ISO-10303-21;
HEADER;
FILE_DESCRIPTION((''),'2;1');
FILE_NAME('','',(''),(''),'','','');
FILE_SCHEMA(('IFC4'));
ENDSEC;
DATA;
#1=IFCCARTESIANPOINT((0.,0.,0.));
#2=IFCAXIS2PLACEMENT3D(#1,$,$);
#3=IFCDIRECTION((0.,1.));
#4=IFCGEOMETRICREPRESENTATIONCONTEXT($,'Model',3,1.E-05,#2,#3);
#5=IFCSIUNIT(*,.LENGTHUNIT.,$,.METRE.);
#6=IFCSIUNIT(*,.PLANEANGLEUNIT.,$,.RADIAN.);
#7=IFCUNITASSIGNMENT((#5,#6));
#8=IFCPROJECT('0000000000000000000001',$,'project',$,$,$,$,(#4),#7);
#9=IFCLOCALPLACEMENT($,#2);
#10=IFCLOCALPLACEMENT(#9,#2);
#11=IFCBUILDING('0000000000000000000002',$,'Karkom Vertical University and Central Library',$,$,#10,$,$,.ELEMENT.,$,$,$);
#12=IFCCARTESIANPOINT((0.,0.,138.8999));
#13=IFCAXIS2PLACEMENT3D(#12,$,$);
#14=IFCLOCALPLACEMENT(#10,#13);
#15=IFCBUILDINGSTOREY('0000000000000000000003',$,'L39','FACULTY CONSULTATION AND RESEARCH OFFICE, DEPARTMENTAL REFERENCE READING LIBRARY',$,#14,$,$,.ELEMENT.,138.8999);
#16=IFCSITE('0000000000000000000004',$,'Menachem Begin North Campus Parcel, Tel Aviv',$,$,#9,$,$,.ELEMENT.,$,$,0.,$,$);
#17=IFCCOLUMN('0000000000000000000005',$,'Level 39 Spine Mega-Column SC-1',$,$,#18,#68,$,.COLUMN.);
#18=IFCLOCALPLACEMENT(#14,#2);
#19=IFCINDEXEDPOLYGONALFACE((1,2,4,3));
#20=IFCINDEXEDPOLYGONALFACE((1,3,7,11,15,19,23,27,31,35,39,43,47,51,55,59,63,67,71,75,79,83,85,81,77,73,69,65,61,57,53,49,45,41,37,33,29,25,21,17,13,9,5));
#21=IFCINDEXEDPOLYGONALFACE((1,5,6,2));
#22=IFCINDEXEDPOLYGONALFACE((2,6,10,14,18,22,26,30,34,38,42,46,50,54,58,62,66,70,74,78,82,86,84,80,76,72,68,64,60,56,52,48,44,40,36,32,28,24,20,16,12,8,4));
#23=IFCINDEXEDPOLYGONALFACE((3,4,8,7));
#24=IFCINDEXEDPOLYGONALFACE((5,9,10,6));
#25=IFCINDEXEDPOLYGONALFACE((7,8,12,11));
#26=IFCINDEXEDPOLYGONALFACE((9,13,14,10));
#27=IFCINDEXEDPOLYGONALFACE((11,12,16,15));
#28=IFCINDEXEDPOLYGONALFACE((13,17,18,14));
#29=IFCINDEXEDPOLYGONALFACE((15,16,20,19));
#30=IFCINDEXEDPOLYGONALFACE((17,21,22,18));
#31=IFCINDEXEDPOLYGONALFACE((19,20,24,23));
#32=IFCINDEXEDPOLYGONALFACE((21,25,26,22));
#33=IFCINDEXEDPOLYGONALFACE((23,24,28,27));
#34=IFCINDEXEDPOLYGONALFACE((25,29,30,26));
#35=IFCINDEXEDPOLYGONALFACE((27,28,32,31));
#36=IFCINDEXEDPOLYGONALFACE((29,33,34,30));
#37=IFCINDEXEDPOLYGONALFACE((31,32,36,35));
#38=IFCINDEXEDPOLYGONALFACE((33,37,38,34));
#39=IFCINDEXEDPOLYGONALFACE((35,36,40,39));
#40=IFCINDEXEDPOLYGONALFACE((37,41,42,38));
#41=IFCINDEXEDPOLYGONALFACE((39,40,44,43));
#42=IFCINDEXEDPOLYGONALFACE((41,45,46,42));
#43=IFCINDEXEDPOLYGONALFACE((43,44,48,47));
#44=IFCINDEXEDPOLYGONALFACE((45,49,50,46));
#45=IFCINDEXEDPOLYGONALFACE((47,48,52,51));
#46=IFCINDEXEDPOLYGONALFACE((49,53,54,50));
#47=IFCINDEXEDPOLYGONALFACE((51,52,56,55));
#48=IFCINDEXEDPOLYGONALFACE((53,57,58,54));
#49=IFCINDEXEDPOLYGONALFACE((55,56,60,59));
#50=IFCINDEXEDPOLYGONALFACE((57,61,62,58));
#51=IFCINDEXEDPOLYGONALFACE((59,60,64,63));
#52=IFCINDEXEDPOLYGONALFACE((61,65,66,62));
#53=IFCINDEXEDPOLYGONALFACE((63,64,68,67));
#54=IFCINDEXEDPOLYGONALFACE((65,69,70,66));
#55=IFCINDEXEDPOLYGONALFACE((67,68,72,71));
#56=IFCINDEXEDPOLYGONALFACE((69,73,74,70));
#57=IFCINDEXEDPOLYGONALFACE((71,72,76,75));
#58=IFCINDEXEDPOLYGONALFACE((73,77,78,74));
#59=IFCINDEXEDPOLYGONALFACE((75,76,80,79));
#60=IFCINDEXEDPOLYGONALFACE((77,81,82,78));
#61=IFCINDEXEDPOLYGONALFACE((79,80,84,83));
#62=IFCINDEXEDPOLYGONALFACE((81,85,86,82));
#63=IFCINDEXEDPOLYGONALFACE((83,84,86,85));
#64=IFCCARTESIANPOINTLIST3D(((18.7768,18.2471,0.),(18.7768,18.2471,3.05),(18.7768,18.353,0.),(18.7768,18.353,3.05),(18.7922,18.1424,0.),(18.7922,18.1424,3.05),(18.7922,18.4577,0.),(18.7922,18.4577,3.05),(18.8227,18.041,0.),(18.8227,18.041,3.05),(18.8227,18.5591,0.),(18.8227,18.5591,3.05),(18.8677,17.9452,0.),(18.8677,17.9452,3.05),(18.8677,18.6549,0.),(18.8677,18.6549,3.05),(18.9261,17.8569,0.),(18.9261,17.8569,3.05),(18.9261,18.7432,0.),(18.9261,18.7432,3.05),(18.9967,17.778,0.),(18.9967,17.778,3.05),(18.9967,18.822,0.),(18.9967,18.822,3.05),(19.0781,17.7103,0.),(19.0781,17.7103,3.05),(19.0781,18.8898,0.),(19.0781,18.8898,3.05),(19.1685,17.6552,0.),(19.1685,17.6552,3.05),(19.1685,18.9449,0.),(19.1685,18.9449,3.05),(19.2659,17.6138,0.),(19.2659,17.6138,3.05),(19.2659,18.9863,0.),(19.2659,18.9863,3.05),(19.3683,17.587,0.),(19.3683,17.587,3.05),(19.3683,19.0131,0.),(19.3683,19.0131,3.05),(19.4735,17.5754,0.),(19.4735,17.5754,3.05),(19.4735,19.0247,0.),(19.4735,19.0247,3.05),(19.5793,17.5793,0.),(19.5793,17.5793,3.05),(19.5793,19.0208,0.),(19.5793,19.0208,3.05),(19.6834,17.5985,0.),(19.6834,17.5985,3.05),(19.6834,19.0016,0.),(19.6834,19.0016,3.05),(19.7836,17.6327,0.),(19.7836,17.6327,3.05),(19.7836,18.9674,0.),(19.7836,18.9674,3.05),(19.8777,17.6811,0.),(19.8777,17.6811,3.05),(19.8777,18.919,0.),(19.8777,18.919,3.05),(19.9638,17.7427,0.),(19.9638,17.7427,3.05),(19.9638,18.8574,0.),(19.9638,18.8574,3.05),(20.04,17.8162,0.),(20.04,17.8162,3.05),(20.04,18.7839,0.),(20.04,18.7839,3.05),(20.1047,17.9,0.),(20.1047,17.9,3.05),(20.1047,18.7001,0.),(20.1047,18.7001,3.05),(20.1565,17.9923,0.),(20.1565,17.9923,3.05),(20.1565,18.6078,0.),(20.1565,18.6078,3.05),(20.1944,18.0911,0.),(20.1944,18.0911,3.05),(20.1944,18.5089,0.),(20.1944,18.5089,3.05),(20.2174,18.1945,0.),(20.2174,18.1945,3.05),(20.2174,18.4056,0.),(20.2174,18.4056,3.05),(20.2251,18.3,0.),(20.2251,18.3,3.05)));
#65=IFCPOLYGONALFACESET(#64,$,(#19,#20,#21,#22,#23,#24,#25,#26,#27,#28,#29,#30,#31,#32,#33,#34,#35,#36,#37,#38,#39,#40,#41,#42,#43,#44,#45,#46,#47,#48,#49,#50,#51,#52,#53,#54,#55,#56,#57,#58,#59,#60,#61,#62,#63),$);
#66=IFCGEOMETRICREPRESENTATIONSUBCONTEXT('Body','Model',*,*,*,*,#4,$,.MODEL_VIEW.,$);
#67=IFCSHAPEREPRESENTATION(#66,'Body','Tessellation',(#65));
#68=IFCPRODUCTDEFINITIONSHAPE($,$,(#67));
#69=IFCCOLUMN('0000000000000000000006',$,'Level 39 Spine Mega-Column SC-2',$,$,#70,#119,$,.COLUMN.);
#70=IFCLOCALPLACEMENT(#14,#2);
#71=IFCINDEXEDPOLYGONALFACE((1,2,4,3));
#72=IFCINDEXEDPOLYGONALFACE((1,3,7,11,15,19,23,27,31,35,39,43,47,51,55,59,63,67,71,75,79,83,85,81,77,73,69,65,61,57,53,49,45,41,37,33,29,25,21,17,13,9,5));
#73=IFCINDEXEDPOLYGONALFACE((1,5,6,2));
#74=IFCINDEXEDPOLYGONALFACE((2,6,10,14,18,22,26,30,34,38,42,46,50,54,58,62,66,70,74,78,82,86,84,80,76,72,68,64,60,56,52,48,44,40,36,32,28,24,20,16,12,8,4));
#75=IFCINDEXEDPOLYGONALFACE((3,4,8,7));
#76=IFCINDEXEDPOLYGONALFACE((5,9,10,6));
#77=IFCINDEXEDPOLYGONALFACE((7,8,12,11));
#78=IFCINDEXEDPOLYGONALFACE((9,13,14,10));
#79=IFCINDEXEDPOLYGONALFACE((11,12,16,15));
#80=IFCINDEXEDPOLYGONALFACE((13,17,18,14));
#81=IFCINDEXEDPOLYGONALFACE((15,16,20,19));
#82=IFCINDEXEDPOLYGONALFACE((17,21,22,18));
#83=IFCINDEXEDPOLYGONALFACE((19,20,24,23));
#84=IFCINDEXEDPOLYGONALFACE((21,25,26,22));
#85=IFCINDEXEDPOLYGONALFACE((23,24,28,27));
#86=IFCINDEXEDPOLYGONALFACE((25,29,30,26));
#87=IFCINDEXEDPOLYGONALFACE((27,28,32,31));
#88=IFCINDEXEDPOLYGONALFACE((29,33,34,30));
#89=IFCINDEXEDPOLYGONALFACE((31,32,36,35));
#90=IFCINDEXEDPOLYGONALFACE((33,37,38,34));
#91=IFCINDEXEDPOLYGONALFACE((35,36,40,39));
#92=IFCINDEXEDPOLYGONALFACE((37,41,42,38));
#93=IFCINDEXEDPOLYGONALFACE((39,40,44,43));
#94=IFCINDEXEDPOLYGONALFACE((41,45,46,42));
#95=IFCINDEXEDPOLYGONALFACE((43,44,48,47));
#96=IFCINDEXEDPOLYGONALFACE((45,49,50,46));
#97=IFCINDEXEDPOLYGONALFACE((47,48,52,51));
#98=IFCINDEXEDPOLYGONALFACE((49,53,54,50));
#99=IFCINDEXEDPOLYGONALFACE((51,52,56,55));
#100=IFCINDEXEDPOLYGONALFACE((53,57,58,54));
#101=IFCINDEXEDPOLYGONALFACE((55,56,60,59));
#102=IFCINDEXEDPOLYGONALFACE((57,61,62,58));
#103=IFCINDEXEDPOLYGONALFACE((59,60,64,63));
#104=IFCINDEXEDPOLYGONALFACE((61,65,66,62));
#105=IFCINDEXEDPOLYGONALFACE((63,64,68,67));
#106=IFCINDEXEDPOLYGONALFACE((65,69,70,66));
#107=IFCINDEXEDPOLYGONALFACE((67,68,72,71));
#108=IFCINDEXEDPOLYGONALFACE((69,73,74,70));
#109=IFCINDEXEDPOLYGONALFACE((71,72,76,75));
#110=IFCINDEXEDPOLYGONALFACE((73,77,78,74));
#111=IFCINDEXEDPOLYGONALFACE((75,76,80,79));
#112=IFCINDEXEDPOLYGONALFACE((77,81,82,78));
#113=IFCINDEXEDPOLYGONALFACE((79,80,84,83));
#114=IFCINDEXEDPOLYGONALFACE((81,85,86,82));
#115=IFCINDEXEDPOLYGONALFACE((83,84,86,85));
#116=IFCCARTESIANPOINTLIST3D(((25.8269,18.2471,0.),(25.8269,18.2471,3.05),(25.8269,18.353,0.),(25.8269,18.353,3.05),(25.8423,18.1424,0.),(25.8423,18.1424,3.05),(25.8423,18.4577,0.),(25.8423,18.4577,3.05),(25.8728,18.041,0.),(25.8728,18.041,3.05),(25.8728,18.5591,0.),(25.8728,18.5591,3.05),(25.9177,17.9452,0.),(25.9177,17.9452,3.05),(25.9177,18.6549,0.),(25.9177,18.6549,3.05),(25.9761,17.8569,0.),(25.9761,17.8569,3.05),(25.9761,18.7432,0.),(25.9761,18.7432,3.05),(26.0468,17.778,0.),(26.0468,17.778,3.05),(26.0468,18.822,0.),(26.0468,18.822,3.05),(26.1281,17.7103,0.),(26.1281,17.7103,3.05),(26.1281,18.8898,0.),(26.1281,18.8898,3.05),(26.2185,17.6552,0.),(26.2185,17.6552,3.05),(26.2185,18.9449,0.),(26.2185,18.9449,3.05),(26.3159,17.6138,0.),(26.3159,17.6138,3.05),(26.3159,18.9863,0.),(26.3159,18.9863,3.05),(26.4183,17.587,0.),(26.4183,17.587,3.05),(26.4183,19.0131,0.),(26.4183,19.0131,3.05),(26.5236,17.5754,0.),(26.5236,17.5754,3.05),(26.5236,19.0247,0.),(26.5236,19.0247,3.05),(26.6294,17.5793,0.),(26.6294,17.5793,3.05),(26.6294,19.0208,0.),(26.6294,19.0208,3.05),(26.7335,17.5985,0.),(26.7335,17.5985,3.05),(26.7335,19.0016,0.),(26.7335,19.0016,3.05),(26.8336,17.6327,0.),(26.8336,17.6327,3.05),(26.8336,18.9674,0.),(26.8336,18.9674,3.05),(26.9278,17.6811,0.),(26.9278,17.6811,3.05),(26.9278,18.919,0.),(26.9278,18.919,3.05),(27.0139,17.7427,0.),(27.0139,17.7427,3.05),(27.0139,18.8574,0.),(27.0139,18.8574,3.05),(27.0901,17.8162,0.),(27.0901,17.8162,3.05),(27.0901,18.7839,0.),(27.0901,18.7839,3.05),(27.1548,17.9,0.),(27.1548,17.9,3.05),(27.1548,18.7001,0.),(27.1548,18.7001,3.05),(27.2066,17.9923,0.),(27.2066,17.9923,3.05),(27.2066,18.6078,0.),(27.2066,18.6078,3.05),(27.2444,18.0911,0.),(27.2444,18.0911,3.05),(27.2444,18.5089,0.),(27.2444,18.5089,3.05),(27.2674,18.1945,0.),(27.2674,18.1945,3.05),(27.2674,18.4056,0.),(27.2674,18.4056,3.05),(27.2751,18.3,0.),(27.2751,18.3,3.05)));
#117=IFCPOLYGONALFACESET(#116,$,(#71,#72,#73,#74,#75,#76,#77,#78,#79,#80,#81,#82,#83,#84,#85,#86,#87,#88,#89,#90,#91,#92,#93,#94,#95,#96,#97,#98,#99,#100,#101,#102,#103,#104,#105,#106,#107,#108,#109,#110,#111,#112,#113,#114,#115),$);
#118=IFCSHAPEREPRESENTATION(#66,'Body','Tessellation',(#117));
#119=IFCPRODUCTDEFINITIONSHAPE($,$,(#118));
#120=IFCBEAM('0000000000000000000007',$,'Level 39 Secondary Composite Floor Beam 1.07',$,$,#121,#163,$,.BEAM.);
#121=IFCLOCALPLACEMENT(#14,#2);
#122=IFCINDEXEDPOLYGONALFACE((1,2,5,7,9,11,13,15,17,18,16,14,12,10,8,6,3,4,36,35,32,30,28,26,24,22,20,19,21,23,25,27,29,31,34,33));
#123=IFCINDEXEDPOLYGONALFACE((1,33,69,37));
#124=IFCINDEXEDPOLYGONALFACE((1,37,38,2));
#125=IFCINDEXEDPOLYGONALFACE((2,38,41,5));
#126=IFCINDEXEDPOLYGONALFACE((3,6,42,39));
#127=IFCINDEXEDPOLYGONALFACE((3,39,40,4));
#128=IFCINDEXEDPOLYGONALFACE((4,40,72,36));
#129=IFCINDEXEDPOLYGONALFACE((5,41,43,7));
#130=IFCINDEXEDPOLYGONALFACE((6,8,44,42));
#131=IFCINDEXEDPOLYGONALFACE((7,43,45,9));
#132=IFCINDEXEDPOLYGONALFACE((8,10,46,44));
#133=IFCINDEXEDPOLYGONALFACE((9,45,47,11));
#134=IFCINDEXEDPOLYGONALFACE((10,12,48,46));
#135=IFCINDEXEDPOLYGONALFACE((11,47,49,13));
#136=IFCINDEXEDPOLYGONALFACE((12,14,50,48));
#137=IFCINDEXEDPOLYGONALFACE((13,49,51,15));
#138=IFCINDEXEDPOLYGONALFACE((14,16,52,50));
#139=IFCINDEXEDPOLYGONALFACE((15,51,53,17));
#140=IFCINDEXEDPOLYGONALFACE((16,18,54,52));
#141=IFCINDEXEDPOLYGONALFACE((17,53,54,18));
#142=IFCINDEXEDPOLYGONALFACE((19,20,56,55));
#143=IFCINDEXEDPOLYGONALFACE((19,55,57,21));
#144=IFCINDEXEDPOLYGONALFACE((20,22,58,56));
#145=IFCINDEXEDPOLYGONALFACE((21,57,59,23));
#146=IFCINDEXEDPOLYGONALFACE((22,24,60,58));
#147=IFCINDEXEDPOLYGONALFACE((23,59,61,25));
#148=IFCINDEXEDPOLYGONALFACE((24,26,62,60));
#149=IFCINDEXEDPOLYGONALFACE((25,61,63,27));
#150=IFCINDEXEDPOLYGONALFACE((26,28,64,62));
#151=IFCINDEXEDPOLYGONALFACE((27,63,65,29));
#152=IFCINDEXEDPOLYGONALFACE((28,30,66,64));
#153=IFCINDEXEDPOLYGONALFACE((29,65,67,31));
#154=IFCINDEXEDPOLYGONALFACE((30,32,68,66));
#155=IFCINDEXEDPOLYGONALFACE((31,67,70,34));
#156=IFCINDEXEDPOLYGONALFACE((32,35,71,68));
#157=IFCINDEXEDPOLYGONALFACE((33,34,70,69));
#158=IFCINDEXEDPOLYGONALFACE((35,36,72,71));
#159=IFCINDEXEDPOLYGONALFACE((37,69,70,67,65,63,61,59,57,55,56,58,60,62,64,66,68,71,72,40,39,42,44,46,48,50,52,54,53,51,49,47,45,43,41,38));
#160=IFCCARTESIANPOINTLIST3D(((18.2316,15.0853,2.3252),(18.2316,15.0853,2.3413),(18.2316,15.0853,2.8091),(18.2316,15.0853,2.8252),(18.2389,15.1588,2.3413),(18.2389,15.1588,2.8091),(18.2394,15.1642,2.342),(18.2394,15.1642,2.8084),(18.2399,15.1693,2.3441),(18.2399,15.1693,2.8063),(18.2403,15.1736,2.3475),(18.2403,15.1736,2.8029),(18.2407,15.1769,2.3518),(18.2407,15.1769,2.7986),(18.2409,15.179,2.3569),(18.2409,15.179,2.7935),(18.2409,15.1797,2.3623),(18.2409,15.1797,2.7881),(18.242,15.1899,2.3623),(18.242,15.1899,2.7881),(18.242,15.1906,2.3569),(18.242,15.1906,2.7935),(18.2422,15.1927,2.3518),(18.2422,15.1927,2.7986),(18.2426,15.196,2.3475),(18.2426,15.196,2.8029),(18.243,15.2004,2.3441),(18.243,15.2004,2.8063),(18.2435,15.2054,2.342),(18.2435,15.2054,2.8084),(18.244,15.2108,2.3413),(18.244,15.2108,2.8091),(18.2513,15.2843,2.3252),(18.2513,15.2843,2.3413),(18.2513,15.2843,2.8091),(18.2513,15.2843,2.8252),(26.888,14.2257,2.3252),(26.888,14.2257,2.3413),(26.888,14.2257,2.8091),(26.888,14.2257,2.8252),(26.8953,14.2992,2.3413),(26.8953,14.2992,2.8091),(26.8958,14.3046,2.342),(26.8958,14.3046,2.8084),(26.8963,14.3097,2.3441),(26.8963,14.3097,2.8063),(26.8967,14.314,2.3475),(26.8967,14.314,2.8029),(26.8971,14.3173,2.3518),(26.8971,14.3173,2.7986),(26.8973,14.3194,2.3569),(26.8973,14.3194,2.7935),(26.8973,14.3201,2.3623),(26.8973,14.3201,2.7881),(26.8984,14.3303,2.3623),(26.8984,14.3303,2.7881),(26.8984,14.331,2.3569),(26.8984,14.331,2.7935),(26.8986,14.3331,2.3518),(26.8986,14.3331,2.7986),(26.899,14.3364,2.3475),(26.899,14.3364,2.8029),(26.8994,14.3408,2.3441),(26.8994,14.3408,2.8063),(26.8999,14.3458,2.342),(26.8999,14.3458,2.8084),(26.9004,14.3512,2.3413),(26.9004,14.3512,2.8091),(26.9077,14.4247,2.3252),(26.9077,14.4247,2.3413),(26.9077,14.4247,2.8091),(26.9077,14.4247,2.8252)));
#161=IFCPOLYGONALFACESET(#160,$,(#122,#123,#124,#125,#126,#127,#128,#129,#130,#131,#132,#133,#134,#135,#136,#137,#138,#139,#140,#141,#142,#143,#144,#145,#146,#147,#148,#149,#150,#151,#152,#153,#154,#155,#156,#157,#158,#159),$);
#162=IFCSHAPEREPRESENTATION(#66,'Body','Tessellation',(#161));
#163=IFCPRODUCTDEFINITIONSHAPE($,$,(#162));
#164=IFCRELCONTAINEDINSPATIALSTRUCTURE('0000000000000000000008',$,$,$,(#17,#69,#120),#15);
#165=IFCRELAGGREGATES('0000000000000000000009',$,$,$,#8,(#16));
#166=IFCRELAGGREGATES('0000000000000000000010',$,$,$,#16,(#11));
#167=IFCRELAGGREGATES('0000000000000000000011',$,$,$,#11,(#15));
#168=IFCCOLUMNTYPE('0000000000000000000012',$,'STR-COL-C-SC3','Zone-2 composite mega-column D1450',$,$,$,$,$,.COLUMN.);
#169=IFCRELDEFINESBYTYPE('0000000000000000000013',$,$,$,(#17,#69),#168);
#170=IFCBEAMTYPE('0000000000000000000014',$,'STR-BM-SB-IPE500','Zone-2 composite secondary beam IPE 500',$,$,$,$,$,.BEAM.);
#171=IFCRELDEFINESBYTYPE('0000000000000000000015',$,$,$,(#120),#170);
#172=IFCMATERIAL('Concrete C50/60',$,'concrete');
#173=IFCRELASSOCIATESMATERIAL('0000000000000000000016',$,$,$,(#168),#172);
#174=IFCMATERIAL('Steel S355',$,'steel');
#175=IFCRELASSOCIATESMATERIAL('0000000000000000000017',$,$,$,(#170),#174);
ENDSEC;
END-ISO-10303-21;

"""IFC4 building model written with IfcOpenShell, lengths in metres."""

from ifc_helpers import new_model, si_unit, direction, frame, origin, origin_with_axes, origin_2d, place, context, subcontext, project, spatial, circle, i_section, extrude, source, transform, mapped, material, material_profile, profile_set, type_object, element, save


model = new_model("IFC4")

# Units and contexts
model_context = context("Model", 3, precision=1e-05, world=origin(), true_north=direction((0.0, 1.0)))
body_context = subcontext(model_context, "Body", "Model", "MODEL_VIEW")
ifc_project = project(units=[si_unit("LENGTHUNIT", "METRE"), si_unit("PLANEANGLEUNIT", "RADIAN")], contexts=[model_context])

# Site, building, storey
site_placement = place(None, origin())
site = spatial("IfcSite", under=ifc_project, at=site_placement, Name="Menachem Begin North Campus Parcel, Tel Aviv", CompositionType="ELEMENT", RefElevation=0.0)
building_placement = place(site_placement, origin())
building = spatial("IfcBuilding", under=site, at=building_placement, Name="Karkom Vertical University and Central Library", CompositionType="ELEMENT")
storey_placement = place(building_placement, frame((0.0, 0.0, 138.8999)))
storey = spatial("IfcBuildingStorey", under=building, at=storey_placement, Name="L39", Description="FACULTY CONSULTATION AND RESEARCH OFFICE, DEPARTMENTAL REFERENCE READING LIBRARY", CompositionType="ELEMENT", Elevation=138.8999)

# Columns
ifc_material_1 = material(Name="Concrete C50/60", Category="concrete")
ifc_material_profile_1 = material_profile(ifc_material_1, circle(Radius=0.7251, at=origin_2d()), Name="CFT-D1450")
ifc_profile_set_1 = profile_set([ifc_material_profile_1], Name="Concrete C50/60")
column_type = type_object("IfcColumnType", Name="STR-COL-C-SC3", Description="Zone-2 composite mega-column D1450", PredefinedType="COLUMN", material=ifc_profile_set_1)
shared_shape_1 = source(origin_with_axes(), body_context, "Body", "SweptSolid", [
    extrude(circle(Radius=0.7251, at=origin_2d()), origin(), (0.0, 0.0, 1.0), 3.05),
])
for number, where, z_axis, x_axis, name in (
    (1, (19.5, 18.3, 0.0), (0.0, 0.0, 1.0), (1.0, 0.0, 0.0), "Level 39 Spine Mega-Column SC-1"),
    (2, (26.55, 18.3, 0.0), (0.0, 0.0, 1.0), (1.0, 0.0, 0.0), "Level 39 Spine Mega-Column SC-2"),
):
    element("IfcColumn", number, at=place(storey_placement, frame(where, z_axis=z_axis, x_axis=x_axis)), inside=storey, type_object=column_type, Name=name, PredefinedType="COLUMN", context=body_context, shape_type="MappedRepresentation", body=[
        mapped(shared_shape_1, transform((0.0, 0.0, 0.0), scale=1.0)),
    ])

# Beam
ifc_material_2 = material(Name="Steel S355", Category="steel")
ifc_material_profile_2 = material_profile(ifc_material_2, i_section(OverallWidth=0.2, OverallDepth=0.5, WebThickness=0.0103, FlangeThickness=0.0161, FilletRadius=0.021, at=origin_2d()), Name="IPE 500")
ifc_profile_set_2 = profile_set([ifc_material_profile_2], Name="Steel S355")
beam_type_1 = type_object("IfcBeamType", Name="STR-BM-SB-IPE500", Description="Zone-2 composite secondary beam IPE 500", PredefinedType="BEAM", material=ifc_profile_set_2)
shared_shape_2 = source(origin_with_axes(), body_context, "Body", "SweptSolid", [
    extrude(i_section(OverallWidth=0.2, OverallDepth=0.5, WebThickness=0.0103, FlangeThickness=0.0161, FilletRadius=0.021, at=origin_2d()), origin(), (0.0, 0.0, 1.0), 8.699),
])
beam_1_placement = place(storey_placement, frame((18.2415, 15.1848, 2.5752), z_axis=(0.995106, -0.098817, 0.0), x_axis=(0.098817, 0.995106, 0.0)))
element("IfcBeam", 3, at=beam_1_placement, inside=storey, type_object=beam_type_1, Name="Level 39 Secondary Composite Floor Beam 1.07", PredefinedType="BEAM", context=body_context, shape_type="MappedRepresentation", body=[
    mapped(shared_shape_2, transform((0.0, 0.0, 0.0), scale=1.0)),
])

save(model, "model.ifc")
